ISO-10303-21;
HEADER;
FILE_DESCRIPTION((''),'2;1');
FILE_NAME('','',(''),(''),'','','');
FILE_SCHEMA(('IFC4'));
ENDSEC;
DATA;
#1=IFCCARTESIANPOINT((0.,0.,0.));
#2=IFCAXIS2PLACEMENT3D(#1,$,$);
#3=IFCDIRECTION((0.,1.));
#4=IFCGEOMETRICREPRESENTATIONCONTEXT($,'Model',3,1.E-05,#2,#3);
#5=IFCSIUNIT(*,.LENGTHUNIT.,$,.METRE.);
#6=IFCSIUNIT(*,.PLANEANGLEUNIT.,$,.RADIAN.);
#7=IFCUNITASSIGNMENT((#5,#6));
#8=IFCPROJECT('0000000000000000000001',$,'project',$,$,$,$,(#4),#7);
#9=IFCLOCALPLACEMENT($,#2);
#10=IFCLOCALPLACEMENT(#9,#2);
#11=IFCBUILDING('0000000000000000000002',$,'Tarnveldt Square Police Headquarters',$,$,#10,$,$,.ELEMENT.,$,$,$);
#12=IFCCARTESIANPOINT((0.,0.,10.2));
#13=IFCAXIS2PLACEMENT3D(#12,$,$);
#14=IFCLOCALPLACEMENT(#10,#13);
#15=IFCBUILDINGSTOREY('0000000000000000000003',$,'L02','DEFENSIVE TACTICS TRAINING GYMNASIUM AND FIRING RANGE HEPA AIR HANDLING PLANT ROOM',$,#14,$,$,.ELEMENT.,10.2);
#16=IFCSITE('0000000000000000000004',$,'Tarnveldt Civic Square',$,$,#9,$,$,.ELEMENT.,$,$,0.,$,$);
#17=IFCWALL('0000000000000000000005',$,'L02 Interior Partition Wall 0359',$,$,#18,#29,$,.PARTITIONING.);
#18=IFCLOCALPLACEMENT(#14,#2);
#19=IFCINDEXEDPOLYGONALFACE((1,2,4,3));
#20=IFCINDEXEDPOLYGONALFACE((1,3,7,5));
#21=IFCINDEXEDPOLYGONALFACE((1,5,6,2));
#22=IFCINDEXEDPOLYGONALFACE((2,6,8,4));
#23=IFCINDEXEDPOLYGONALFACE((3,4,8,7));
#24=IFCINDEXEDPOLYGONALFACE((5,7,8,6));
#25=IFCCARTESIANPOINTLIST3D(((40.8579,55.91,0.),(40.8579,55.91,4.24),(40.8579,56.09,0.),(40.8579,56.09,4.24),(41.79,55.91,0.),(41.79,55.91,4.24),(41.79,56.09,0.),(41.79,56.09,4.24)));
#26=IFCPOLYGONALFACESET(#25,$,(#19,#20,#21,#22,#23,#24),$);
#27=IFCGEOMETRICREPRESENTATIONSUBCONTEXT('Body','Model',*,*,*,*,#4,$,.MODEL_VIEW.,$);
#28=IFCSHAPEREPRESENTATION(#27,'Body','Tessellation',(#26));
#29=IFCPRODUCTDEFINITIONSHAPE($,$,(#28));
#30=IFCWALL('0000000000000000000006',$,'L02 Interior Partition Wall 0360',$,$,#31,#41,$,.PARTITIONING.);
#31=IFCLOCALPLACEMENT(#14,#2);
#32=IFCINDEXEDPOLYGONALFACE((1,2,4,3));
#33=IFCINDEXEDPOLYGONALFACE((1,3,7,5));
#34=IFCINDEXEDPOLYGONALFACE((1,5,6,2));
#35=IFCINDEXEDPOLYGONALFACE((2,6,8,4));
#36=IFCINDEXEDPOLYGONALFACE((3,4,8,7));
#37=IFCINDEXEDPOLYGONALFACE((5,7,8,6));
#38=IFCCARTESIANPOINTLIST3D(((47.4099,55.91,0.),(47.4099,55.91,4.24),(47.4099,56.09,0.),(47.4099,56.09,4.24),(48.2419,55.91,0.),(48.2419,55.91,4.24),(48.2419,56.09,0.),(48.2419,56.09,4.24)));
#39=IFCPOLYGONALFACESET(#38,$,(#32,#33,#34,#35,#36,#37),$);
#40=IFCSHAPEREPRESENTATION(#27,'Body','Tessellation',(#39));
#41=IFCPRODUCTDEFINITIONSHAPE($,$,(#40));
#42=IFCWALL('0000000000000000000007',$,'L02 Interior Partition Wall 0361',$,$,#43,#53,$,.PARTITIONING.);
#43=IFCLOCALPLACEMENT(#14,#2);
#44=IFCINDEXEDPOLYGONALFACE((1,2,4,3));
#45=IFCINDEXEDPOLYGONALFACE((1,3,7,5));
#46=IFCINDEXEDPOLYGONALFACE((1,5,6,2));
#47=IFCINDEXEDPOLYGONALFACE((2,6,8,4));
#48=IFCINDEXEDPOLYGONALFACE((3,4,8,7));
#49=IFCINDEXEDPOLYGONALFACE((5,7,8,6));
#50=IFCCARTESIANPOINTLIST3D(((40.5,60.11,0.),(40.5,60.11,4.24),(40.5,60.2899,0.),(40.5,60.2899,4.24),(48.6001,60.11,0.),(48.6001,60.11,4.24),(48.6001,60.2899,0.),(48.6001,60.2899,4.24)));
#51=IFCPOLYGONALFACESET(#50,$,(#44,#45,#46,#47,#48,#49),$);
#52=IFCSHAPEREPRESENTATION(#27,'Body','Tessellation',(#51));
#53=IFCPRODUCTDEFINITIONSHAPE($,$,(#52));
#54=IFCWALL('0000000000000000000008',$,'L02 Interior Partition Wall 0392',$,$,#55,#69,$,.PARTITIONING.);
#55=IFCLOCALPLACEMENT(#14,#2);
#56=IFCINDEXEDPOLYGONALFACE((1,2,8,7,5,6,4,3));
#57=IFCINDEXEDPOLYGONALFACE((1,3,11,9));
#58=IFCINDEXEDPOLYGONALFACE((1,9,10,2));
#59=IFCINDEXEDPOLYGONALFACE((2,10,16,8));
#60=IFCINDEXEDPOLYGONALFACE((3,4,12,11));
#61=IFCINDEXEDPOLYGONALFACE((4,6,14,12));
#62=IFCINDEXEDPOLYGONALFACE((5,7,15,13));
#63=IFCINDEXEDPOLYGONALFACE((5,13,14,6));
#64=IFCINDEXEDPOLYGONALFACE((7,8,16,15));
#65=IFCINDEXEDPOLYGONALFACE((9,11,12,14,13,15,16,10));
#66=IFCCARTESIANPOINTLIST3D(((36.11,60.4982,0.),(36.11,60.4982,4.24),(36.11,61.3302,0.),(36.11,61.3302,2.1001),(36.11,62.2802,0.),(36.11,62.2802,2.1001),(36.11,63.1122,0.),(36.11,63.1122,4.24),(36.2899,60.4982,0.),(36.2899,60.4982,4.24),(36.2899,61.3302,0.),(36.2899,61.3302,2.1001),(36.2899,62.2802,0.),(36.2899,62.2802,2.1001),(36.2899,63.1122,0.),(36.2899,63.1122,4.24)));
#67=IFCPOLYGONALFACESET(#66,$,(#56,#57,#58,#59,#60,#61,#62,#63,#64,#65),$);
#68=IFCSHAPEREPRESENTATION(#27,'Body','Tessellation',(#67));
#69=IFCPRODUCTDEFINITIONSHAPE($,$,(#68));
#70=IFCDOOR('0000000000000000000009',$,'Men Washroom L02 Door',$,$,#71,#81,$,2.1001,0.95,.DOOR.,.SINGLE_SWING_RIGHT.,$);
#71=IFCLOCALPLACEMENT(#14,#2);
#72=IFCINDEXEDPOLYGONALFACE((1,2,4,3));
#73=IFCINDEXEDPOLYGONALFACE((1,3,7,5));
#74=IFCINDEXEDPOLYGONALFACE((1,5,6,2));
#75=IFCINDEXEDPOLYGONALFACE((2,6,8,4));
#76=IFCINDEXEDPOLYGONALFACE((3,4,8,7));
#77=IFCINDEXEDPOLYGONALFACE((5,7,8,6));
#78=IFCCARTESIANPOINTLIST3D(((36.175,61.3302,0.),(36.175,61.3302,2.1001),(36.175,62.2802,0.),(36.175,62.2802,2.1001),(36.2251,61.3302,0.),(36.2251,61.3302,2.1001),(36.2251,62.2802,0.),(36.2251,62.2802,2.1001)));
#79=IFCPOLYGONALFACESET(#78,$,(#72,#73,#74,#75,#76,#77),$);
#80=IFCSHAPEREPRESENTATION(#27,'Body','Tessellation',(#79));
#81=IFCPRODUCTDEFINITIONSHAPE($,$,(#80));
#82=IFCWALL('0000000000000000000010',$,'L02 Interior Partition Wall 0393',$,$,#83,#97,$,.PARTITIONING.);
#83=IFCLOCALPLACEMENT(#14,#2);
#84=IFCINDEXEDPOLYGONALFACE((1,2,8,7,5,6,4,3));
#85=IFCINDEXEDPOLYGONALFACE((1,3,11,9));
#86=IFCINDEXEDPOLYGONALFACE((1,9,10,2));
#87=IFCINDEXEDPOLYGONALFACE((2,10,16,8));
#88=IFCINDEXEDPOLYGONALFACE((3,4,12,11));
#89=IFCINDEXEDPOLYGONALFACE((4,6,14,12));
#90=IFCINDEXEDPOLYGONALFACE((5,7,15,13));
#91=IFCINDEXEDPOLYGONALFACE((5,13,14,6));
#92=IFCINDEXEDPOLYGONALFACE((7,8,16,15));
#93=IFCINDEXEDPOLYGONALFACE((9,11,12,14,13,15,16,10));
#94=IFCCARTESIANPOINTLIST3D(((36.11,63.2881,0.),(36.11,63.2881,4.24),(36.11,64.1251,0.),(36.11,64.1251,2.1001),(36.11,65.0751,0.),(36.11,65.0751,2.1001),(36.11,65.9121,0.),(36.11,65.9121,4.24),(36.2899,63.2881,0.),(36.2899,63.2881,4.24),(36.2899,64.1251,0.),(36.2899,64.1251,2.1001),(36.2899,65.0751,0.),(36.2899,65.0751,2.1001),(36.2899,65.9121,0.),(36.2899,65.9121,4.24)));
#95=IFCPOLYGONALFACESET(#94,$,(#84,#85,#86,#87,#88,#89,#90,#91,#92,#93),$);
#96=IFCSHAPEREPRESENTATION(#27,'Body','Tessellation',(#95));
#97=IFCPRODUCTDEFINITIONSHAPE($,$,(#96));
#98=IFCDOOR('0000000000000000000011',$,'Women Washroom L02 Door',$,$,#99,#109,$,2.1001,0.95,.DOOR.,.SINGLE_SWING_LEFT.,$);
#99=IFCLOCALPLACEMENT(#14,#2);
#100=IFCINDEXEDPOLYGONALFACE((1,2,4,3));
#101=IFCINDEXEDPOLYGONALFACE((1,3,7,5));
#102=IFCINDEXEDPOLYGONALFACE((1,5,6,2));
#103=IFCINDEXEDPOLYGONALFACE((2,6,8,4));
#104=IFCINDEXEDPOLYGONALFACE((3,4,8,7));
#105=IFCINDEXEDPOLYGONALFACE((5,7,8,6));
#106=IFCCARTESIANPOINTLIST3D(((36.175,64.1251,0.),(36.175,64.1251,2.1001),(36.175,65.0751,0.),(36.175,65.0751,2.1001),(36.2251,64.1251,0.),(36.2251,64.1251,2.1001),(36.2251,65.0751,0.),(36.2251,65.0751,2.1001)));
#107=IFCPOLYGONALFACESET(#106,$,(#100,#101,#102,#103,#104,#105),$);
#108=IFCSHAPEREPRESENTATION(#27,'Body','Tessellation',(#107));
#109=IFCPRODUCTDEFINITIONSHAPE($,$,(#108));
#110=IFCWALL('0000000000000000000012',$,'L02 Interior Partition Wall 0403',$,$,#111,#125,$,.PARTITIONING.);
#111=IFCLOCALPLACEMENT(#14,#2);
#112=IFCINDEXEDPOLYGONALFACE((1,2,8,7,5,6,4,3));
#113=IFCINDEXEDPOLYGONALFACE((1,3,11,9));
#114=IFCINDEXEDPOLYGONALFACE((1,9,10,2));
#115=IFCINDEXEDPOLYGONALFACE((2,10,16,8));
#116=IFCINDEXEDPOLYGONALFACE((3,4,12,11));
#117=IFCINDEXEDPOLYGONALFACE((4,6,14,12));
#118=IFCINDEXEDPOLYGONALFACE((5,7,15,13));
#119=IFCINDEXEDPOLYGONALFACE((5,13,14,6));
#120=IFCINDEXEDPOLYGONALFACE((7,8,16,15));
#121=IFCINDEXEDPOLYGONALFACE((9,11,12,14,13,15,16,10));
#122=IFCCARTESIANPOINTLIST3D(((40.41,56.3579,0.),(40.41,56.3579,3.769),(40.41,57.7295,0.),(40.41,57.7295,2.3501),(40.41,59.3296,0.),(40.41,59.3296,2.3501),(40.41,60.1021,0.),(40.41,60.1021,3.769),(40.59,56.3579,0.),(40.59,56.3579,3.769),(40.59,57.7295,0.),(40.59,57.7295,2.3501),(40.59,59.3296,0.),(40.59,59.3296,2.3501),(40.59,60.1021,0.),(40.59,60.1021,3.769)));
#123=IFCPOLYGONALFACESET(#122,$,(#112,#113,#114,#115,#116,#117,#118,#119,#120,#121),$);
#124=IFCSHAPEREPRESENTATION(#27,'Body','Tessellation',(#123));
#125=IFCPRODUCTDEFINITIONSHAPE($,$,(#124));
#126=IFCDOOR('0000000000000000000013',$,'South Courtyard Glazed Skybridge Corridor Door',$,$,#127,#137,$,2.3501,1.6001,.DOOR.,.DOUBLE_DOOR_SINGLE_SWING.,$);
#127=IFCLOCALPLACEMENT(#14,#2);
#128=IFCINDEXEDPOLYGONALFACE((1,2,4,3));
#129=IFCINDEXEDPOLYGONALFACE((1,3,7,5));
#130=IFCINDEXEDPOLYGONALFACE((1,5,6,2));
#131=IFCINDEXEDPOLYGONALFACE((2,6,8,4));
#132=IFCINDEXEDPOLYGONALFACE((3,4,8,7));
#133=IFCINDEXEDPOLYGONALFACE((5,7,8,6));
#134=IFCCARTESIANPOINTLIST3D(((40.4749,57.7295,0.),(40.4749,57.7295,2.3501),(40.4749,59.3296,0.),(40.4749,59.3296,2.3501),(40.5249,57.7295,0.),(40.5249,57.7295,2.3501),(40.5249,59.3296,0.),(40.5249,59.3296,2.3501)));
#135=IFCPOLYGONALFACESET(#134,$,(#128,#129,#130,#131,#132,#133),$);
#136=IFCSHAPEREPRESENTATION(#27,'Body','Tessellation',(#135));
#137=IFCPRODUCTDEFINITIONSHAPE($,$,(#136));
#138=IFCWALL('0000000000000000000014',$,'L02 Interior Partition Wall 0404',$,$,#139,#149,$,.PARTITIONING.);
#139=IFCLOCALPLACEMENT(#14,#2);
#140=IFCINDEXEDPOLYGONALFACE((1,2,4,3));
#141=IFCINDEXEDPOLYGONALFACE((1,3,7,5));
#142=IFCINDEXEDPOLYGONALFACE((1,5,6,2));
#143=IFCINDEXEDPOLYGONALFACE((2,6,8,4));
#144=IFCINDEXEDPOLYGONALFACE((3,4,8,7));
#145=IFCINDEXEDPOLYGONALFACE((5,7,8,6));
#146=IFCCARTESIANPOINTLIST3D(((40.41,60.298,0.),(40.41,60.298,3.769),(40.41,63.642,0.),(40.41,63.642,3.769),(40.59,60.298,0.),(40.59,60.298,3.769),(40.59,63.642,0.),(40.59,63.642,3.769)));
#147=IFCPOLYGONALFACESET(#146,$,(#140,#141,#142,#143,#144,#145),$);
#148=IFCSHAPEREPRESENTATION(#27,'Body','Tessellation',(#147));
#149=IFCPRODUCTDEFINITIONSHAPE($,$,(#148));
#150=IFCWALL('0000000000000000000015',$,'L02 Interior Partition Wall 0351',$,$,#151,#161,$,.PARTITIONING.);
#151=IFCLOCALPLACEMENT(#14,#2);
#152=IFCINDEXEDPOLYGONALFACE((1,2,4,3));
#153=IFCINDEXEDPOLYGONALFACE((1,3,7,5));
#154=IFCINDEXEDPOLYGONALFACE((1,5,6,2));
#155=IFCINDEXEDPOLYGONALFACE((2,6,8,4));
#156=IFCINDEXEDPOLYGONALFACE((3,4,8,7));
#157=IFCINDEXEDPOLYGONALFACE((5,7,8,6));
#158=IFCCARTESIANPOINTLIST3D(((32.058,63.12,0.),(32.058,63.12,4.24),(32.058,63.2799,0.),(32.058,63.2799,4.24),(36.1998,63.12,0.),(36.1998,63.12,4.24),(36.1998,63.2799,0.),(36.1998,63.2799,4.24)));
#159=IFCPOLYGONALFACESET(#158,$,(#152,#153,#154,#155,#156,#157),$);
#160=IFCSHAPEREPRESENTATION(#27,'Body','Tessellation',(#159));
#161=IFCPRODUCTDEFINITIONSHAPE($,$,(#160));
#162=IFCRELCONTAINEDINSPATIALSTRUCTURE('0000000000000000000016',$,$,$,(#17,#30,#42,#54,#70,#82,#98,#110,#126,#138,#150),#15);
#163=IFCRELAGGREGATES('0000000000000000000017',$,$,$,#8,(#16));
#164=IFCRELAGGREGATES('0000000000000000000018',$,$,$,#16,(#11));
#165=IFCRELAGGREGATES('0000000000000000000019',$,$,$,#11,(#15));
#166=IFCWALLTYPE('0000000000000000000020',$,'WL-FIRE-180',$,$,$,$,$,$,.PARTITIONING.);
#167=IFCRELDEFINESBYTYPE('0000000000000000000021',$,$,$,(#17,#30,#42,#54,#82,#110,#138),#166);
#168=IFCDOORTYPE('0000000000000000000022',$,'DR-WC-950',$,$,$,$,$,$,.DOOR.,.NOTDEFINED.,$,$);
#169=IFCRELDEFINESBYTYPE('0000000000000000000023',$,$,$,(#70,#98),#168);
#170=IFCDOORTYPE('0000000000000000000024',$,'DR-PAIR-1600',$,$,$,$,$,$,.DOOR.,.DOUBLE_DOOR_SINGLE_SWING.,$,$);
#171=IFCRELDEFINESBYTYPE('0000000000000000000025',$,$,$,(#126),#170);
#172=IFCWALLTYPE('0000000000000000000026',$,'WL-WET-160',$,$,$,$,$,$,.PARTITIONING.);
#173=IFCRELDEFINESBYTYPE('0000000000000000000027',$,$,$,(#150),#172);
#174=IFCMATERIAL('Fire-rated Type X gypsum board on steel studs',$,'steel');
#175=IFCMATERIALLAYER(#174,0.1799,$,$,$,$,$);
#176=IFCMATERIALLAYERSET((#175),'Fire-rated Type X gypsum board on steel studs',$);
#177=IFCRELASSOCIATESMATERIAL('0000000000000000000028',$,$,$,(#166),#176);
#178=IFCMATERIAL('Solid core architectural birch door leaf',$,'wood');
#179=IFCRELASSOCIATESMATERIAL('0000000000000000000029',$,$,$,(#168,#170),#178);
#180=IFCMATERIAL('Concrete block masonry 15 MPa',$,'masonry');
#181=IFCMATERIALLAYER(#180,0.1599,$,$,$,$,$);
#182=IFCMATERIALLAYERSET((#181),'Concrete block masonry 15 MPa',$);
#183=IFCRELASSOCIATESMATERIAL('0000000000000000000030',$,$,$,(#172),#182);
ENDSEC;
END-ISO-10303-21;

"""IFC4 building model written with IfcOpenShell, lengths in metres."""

from ifc_helpers import new_model, si_unit, direction, frame, frame_2d, origin, place, context, subcontext, project, spatial, rectangle, extrude, material, layer, layer_set, type_object, element, fill, save


model = new_model("IFC4")

# Units and contexts
model_context = context("Model", 3, precision=1e-05, world=origin(), true_north=direction((0.0, 1.0)))
body_context = subcontext(model_context, "Body", "Model", "MODEL_VIEW")
ifc_project = project(units=[si_unit("LENGTHUNIT", "METRE"), si_unit("PLANEANGLEUNIT", "RADIAN")], contexts=[model_context])

# Site, building, storey
site_placement = place(None, origin())
site = spatial("IfcSite", under=ifc_project, at=site_placement, Name="Tarnveldt Civic Square", CompositionType="ELEMENT", RefElevation=0.0)
building_placement = place(site_placement, origin())
building = spatial("IfcBuilding", under=site, at=building_placement, Name="Tarnveldt Square Police Headquarters", CompositionType="ELEMENT")
storey_placement = place(building_placement, frame((0.0, 0.0, 10.2)))
storey = spatial("IfcBuildingStorey", under=building, at=storey_placement, Name="L02", Description="DEFENSIVE TACTICS TRAINING GYMNASIUM AND FIRING RANGE HEPA AIR HANDLING PLANT ROOM", CompositionType="ELEMENT", Elevation=10.2)

# Walls
ifc_material_1 = material(Name="Fire-rated Type X gypsum board on steel studs", Category="steel")
ifc_layer_1 = layer(ifc_material_1, 0.1799)
ifc_layer_set_1 = layer_set([ifc_layer_1], Name="Fire-rated Type X gypsum board on steel studs")
wall_type_1 = type_object("IfcWallType", Name="WL-FIRE-180", PredefinedType="PARTITIONING", material=ifc_layer_set_1)
wall_1_placement = place(storey_placement, frame((40.8579, 56.0, 0.0), z_axis=(0.0, 0.0, 1.0), x_axis=(1.0, 0.0, 0.0)))
element("IfcWall", 1, at=wall_1_placement, inside=storey, type_object=wall_type_1, Name="L02 Interior Partition Wall 0359", PredefinedType="PARTITIONING", context=body_context, shape_type="SweptSolid", body=[
    extrude(rectangle(XDim=0.9321, YDim=0.1799, at=frame_2d((0.4661, 0.0))), origin(), (0.0, 0.0, 1.0), 4.24),
])
wall_2_placement = place(storey_placement, frame((47.4099, 56.0, 0.0), z_axis=(0.0, 0.0, 1.0), x_axis=(1.0, 0.0, 0.0)))
element("IfcWall", 2, at=wall_2_placement, inside=storey, type_object=wall_type_1, Name="L02 Interior Partition Wall 0360", PredefinedType="PARTITIONING", context=body_context, shape_type="SweptSolid", body=[
    extrude(rectangle(XDim=0.832, YDim=0.1799, at=frame_2d((0.416, 0.0))), origin(), (0.0, 0.0, 1.0), 4.24),
])
wall_3_placement = place(storey_placement, frame((40.5, 60.2, 0.0), z_axis=(0.0, 0.0, 1.0), x_axis=(1.0, 0.0, 0.0)))
element("IfcWall", 3, at=wall_3_placement, inside=storey, type_object=wall_type_1, Name="L02 Interior Partition Wall 0361", PredefinedType="PARTITIONING", context=body_context, shape_type="SweptSolid", body=[
    extrude(rectangle(XDim=8.1001, YDim=0.1799, at=frame_2d((4.05, 0.0))), origin(), (0.0, 0.0, 1.0), 4.24),
])

# Walls, openings, doors
wall_4_placement = place(storey_placement, frame((36.2, 60.498, 0.0), z_axis=(0.0, 0.0, 1.0), x_axis=(0.0, 1.0, 0.0)))
wall_4 = element("IfcWall", 4, at=wall_4_placement, inside=storey, type_object=wall_type_1, Name="L02 Interior Partition Wall 0392", PredefinedType="PARTITIONING", context=body_context, shape_type="SweptSolid", body=[
    extrude(rectangle(XDim=2.614, YDim=0.1799, at=frame_2d((1.3071, 0.0))), origin(), (0.0, 0.0, 1.0), 4.24),
])
opening_1_placement = place(wall_4_placement, frame((0.832, 0.0, 0.0)))
opening_1 = element("IfcOpeningElement", 5, at=opening_1_placement, cuts=wall_4, PredefinedType="OPENING", context=body_context, shape_type="SweptSolid", body=[
    extrude(rectangle(XDim=0.95, YDim=2.1001, at=frame_2d((0.4751, 1.05))), frame((0.0, 0.0999, 0.0), z_axis=(0.0, -1.0, 0.0), x_axis=(1.0, 0.0, 0.0)), (0.0, 0.0, 1.0), 0.2),
])
ifc_material_2 = material(Name="Solid core architectural birch door leaf", Category="wood")
door_type_1 = type_object("IfcDoorType", Name="DR-WC-950", OperationType="NOTDEFINED", PredefinedType="DOOR", material=ifc_material_2)
door_1_placement = place(opening_1_placement, origin())
door_1 = element("IfcDoor", 6, at=door_1_placement, inside=storey, type_object=door_type_1, Name="Men Washroom L02 Door", OperationType="SINGLE_SWING_RIGHT", OverallHeight=2.1001, OverallWidth=0.95, PredefinedType="DOOR", context=body_context, shape_type="SweptSolid", body=[
    extrude(rectangle(XDim=0.95, YDim=2.1001, at=frame_2d((0.4751, 1.05))), frame((0.0, 0.0249, 0.0), z_axis=(0.0, -1.0, 0.0), x_axis=(1.0, 0.0, 0.0)), (0.0, 0.0, 1.0), 0.05),
])
fill(opening_1, door_1)
wall_5_placement = place(storey_placement, frame((36.2, 63.2881, 0.0), z_axis=(0.0, 0.0, 1.0), x_axis=(0.0, 1.0, 0.0)))
wall_5 = element("IfcWall", 7, at=wall_5_placement, inside=storey, type_object=wall_type_1, Name="L02 Interior Partition Wall 0393", PredefinedType="PARTITIONING", context=body_context, shape_type="SweptSolid", body=[
    extrude(rectangle(XDim=2.624, YDim=0.1799, at=frame_2d((1.312, 0.0))), origin(), (0.0, 0.0, 1.0), 4.24),
])
opening_2_placement = place(wall_5_placement, frame((0.8369, 0.0, 0.0)))
opening_2 = element("IfcOpeningElement", 8, at=opening_2_placement, cuts=wall_5, PredefinedType="OPENING", context=body_context, shape_type="SweptSolid", body=[
    extrude(rectangle(XDim=0.95, YDim=2.1001, at=frame_2d((0.4751, 1.05))), frame((0.0, 0.0999, 0.0), z_axis=(0.0, -1.0, 0.0), x_axis=(1.0, 0.0, 0.0)), (0.0, 0.0, 1.0), 0.2),
])
door_2_placement = place(opening_2_placement, origin())
door_2 = element("IfcDoor", 9, at=door_2_placement, inside=storey, type_object=door_type_1, Name="Women Washroom L02 Door", OperationType="SINGLE_SWING_LEFT", OverallHeight=2.1001, OverallWidth=0.95, PredefinedType="DOOR", context=body_context, shape_type="SweptSolid", body=[
    extrude(rectangle(XDim=0.95, YDim=2.1001, at=frame_2d((0.4751, 1.05))), frame((0.0, 0.0249, 0.0), z_axis=(0.0, -1.0, 0.0), x_axis=(1.0, 0.0, 0.0)), (0.0, 0.0, 1.0), 0.05),
])
fill(opening_2, door_2)
wall_6_placement = place(storey_placement, frame((40.5, 56.3579, 0.0), z_axis=(0.0, 0.0, 1.0), x_axis=(0.0, 1.0, 0.0)))
wall_6 = element("IfcWall", 10, at=wall_6_placement, inside=storey, type_object=wall_type_1, Name="L02 Interior Partition Wall 0403", PredefinedType="PARTITIONING", context=body_context, shape_type="SweptSolid", body=[
    extrude(rectangle(XDim=3.7441, YDim=0.1799, at=frame_2d((1.8721, 0.0))), origin(), (0.0, 0.0, 1.0), 3.769),
])
opening_3_placement = place(wall_6_placement, frame((1.3716, 0.0, 0.0)))
opening_3 = element("IfcOpeningElement", 11, at=opening_3_placement, cuts=wall_6, PredefinedType="OPENING", context=body_context, shape_type="SweptSolid", body=[
    extrude(rectangle(XDim=1.6001, YDim=2.3501, at=frame_2d((0.8, 1.175))), frame((0.0, 0.0999, 0.0), z_axis=(0.0, -1.0, 0.0), x_axis=(1.0, 0.0, 0.0)), (0.0, 0.0, 1.0), 0.2),
])
door_type_2 = type_object("IfcDoorType", Name="DR-PAIR-1600", OperationType="DOUBLE_DOOR_SINGLE_SWING", PredefinedType="DOOR", material=ifc_material_2)
door_3_placement = place(opening_3_placement, frame((1.6001, 0.0, 0.0), z_axis=(0.0, 0.0, 1.0), x_axis=(-1.0, 0.0, 0.0)))
door_3 = element("IfcDoor", 12, at=door_3_placement, inside=storey, type_object=door_type_2, Name="South Courtyard Glazed Skybridge Corridor Door", OperationType="DOUBLE_DOOR_SINGLE_SWING", OverallHeight=2.3501, OverallWidth=1.6001, PredefinedType="DOOR", context=body_context, shape_type="SweptSolid", body=[
    extrude(rectangle(XDim=1.6001, YDim=2.3501, at=frame_2d((0.8, 1.175))), frame((0.0, 0.0249, 0.0), z_axis=(0.0, -1.0, 0.0), x_axis=(1.0, 0.0, 0.0)), (0.0, 0.0, 1.0), 0.05),
])
fill(opening_3, door_3)

# Walls
wall_7_placement = place(storey_placement, frame((40.5, 60.2981, 0.0), z_axis=(0.0, 0.0, 1.0), x_axis=(0.0, 1.0, 0.0)))
element("IfcWall", 13, at=wall_7_placement, inside=storey, type_object=wall_type_1, Name="L02 Interior Partition Wall 0404", PredefinedType="PARTITIONING", context=body_context, shape_type="SweptSolid", body=[
    extrude(rectangle(XDim=3.344, YDim=0.1799, at=frame_2d((1.6719, 0.0))), origin(), (0.0, 0.0, 1.0), 3.769),
])
ifc_material_3 = material(Name="Concrete block masonry 15 MPa", Category="masonry")
ifc_layer_2 = layer(ifc_material_3, 0.1599)
ifc_layer_set_2 = layer_set([ifc_layer_2], Name="Concrete block masonry 15 MPa")
wall_type_2 = type_object("IfcWallType", Name="WL-WET-160", PredefinedType="PARTITIONING", material=ifc_layer_set_2)
wall_8_placement = place(storey_placement, frame((32.0581, 63.2, 0.0), z_axis=(0.0, 0.0, 1.0), x_axis=(1.0, 0.0, 0.0)))
element("IfcWall", 14, at=wall_8_placement, inside=storey, type_object=wall_type_2, Name="L02 Interior Partition Wall 0351", PredefinedType="PARTITIONING", context=body_context, shape_type="SweptSolid", body=[
    extrude(rectangle(XDim=4.1418, YDim=0.1599, at=frame_2d((2.0708, 0.0))), origin(), (0.0, 0.0, 1.0), 4.24),
])

save(model, "model.ifc")
